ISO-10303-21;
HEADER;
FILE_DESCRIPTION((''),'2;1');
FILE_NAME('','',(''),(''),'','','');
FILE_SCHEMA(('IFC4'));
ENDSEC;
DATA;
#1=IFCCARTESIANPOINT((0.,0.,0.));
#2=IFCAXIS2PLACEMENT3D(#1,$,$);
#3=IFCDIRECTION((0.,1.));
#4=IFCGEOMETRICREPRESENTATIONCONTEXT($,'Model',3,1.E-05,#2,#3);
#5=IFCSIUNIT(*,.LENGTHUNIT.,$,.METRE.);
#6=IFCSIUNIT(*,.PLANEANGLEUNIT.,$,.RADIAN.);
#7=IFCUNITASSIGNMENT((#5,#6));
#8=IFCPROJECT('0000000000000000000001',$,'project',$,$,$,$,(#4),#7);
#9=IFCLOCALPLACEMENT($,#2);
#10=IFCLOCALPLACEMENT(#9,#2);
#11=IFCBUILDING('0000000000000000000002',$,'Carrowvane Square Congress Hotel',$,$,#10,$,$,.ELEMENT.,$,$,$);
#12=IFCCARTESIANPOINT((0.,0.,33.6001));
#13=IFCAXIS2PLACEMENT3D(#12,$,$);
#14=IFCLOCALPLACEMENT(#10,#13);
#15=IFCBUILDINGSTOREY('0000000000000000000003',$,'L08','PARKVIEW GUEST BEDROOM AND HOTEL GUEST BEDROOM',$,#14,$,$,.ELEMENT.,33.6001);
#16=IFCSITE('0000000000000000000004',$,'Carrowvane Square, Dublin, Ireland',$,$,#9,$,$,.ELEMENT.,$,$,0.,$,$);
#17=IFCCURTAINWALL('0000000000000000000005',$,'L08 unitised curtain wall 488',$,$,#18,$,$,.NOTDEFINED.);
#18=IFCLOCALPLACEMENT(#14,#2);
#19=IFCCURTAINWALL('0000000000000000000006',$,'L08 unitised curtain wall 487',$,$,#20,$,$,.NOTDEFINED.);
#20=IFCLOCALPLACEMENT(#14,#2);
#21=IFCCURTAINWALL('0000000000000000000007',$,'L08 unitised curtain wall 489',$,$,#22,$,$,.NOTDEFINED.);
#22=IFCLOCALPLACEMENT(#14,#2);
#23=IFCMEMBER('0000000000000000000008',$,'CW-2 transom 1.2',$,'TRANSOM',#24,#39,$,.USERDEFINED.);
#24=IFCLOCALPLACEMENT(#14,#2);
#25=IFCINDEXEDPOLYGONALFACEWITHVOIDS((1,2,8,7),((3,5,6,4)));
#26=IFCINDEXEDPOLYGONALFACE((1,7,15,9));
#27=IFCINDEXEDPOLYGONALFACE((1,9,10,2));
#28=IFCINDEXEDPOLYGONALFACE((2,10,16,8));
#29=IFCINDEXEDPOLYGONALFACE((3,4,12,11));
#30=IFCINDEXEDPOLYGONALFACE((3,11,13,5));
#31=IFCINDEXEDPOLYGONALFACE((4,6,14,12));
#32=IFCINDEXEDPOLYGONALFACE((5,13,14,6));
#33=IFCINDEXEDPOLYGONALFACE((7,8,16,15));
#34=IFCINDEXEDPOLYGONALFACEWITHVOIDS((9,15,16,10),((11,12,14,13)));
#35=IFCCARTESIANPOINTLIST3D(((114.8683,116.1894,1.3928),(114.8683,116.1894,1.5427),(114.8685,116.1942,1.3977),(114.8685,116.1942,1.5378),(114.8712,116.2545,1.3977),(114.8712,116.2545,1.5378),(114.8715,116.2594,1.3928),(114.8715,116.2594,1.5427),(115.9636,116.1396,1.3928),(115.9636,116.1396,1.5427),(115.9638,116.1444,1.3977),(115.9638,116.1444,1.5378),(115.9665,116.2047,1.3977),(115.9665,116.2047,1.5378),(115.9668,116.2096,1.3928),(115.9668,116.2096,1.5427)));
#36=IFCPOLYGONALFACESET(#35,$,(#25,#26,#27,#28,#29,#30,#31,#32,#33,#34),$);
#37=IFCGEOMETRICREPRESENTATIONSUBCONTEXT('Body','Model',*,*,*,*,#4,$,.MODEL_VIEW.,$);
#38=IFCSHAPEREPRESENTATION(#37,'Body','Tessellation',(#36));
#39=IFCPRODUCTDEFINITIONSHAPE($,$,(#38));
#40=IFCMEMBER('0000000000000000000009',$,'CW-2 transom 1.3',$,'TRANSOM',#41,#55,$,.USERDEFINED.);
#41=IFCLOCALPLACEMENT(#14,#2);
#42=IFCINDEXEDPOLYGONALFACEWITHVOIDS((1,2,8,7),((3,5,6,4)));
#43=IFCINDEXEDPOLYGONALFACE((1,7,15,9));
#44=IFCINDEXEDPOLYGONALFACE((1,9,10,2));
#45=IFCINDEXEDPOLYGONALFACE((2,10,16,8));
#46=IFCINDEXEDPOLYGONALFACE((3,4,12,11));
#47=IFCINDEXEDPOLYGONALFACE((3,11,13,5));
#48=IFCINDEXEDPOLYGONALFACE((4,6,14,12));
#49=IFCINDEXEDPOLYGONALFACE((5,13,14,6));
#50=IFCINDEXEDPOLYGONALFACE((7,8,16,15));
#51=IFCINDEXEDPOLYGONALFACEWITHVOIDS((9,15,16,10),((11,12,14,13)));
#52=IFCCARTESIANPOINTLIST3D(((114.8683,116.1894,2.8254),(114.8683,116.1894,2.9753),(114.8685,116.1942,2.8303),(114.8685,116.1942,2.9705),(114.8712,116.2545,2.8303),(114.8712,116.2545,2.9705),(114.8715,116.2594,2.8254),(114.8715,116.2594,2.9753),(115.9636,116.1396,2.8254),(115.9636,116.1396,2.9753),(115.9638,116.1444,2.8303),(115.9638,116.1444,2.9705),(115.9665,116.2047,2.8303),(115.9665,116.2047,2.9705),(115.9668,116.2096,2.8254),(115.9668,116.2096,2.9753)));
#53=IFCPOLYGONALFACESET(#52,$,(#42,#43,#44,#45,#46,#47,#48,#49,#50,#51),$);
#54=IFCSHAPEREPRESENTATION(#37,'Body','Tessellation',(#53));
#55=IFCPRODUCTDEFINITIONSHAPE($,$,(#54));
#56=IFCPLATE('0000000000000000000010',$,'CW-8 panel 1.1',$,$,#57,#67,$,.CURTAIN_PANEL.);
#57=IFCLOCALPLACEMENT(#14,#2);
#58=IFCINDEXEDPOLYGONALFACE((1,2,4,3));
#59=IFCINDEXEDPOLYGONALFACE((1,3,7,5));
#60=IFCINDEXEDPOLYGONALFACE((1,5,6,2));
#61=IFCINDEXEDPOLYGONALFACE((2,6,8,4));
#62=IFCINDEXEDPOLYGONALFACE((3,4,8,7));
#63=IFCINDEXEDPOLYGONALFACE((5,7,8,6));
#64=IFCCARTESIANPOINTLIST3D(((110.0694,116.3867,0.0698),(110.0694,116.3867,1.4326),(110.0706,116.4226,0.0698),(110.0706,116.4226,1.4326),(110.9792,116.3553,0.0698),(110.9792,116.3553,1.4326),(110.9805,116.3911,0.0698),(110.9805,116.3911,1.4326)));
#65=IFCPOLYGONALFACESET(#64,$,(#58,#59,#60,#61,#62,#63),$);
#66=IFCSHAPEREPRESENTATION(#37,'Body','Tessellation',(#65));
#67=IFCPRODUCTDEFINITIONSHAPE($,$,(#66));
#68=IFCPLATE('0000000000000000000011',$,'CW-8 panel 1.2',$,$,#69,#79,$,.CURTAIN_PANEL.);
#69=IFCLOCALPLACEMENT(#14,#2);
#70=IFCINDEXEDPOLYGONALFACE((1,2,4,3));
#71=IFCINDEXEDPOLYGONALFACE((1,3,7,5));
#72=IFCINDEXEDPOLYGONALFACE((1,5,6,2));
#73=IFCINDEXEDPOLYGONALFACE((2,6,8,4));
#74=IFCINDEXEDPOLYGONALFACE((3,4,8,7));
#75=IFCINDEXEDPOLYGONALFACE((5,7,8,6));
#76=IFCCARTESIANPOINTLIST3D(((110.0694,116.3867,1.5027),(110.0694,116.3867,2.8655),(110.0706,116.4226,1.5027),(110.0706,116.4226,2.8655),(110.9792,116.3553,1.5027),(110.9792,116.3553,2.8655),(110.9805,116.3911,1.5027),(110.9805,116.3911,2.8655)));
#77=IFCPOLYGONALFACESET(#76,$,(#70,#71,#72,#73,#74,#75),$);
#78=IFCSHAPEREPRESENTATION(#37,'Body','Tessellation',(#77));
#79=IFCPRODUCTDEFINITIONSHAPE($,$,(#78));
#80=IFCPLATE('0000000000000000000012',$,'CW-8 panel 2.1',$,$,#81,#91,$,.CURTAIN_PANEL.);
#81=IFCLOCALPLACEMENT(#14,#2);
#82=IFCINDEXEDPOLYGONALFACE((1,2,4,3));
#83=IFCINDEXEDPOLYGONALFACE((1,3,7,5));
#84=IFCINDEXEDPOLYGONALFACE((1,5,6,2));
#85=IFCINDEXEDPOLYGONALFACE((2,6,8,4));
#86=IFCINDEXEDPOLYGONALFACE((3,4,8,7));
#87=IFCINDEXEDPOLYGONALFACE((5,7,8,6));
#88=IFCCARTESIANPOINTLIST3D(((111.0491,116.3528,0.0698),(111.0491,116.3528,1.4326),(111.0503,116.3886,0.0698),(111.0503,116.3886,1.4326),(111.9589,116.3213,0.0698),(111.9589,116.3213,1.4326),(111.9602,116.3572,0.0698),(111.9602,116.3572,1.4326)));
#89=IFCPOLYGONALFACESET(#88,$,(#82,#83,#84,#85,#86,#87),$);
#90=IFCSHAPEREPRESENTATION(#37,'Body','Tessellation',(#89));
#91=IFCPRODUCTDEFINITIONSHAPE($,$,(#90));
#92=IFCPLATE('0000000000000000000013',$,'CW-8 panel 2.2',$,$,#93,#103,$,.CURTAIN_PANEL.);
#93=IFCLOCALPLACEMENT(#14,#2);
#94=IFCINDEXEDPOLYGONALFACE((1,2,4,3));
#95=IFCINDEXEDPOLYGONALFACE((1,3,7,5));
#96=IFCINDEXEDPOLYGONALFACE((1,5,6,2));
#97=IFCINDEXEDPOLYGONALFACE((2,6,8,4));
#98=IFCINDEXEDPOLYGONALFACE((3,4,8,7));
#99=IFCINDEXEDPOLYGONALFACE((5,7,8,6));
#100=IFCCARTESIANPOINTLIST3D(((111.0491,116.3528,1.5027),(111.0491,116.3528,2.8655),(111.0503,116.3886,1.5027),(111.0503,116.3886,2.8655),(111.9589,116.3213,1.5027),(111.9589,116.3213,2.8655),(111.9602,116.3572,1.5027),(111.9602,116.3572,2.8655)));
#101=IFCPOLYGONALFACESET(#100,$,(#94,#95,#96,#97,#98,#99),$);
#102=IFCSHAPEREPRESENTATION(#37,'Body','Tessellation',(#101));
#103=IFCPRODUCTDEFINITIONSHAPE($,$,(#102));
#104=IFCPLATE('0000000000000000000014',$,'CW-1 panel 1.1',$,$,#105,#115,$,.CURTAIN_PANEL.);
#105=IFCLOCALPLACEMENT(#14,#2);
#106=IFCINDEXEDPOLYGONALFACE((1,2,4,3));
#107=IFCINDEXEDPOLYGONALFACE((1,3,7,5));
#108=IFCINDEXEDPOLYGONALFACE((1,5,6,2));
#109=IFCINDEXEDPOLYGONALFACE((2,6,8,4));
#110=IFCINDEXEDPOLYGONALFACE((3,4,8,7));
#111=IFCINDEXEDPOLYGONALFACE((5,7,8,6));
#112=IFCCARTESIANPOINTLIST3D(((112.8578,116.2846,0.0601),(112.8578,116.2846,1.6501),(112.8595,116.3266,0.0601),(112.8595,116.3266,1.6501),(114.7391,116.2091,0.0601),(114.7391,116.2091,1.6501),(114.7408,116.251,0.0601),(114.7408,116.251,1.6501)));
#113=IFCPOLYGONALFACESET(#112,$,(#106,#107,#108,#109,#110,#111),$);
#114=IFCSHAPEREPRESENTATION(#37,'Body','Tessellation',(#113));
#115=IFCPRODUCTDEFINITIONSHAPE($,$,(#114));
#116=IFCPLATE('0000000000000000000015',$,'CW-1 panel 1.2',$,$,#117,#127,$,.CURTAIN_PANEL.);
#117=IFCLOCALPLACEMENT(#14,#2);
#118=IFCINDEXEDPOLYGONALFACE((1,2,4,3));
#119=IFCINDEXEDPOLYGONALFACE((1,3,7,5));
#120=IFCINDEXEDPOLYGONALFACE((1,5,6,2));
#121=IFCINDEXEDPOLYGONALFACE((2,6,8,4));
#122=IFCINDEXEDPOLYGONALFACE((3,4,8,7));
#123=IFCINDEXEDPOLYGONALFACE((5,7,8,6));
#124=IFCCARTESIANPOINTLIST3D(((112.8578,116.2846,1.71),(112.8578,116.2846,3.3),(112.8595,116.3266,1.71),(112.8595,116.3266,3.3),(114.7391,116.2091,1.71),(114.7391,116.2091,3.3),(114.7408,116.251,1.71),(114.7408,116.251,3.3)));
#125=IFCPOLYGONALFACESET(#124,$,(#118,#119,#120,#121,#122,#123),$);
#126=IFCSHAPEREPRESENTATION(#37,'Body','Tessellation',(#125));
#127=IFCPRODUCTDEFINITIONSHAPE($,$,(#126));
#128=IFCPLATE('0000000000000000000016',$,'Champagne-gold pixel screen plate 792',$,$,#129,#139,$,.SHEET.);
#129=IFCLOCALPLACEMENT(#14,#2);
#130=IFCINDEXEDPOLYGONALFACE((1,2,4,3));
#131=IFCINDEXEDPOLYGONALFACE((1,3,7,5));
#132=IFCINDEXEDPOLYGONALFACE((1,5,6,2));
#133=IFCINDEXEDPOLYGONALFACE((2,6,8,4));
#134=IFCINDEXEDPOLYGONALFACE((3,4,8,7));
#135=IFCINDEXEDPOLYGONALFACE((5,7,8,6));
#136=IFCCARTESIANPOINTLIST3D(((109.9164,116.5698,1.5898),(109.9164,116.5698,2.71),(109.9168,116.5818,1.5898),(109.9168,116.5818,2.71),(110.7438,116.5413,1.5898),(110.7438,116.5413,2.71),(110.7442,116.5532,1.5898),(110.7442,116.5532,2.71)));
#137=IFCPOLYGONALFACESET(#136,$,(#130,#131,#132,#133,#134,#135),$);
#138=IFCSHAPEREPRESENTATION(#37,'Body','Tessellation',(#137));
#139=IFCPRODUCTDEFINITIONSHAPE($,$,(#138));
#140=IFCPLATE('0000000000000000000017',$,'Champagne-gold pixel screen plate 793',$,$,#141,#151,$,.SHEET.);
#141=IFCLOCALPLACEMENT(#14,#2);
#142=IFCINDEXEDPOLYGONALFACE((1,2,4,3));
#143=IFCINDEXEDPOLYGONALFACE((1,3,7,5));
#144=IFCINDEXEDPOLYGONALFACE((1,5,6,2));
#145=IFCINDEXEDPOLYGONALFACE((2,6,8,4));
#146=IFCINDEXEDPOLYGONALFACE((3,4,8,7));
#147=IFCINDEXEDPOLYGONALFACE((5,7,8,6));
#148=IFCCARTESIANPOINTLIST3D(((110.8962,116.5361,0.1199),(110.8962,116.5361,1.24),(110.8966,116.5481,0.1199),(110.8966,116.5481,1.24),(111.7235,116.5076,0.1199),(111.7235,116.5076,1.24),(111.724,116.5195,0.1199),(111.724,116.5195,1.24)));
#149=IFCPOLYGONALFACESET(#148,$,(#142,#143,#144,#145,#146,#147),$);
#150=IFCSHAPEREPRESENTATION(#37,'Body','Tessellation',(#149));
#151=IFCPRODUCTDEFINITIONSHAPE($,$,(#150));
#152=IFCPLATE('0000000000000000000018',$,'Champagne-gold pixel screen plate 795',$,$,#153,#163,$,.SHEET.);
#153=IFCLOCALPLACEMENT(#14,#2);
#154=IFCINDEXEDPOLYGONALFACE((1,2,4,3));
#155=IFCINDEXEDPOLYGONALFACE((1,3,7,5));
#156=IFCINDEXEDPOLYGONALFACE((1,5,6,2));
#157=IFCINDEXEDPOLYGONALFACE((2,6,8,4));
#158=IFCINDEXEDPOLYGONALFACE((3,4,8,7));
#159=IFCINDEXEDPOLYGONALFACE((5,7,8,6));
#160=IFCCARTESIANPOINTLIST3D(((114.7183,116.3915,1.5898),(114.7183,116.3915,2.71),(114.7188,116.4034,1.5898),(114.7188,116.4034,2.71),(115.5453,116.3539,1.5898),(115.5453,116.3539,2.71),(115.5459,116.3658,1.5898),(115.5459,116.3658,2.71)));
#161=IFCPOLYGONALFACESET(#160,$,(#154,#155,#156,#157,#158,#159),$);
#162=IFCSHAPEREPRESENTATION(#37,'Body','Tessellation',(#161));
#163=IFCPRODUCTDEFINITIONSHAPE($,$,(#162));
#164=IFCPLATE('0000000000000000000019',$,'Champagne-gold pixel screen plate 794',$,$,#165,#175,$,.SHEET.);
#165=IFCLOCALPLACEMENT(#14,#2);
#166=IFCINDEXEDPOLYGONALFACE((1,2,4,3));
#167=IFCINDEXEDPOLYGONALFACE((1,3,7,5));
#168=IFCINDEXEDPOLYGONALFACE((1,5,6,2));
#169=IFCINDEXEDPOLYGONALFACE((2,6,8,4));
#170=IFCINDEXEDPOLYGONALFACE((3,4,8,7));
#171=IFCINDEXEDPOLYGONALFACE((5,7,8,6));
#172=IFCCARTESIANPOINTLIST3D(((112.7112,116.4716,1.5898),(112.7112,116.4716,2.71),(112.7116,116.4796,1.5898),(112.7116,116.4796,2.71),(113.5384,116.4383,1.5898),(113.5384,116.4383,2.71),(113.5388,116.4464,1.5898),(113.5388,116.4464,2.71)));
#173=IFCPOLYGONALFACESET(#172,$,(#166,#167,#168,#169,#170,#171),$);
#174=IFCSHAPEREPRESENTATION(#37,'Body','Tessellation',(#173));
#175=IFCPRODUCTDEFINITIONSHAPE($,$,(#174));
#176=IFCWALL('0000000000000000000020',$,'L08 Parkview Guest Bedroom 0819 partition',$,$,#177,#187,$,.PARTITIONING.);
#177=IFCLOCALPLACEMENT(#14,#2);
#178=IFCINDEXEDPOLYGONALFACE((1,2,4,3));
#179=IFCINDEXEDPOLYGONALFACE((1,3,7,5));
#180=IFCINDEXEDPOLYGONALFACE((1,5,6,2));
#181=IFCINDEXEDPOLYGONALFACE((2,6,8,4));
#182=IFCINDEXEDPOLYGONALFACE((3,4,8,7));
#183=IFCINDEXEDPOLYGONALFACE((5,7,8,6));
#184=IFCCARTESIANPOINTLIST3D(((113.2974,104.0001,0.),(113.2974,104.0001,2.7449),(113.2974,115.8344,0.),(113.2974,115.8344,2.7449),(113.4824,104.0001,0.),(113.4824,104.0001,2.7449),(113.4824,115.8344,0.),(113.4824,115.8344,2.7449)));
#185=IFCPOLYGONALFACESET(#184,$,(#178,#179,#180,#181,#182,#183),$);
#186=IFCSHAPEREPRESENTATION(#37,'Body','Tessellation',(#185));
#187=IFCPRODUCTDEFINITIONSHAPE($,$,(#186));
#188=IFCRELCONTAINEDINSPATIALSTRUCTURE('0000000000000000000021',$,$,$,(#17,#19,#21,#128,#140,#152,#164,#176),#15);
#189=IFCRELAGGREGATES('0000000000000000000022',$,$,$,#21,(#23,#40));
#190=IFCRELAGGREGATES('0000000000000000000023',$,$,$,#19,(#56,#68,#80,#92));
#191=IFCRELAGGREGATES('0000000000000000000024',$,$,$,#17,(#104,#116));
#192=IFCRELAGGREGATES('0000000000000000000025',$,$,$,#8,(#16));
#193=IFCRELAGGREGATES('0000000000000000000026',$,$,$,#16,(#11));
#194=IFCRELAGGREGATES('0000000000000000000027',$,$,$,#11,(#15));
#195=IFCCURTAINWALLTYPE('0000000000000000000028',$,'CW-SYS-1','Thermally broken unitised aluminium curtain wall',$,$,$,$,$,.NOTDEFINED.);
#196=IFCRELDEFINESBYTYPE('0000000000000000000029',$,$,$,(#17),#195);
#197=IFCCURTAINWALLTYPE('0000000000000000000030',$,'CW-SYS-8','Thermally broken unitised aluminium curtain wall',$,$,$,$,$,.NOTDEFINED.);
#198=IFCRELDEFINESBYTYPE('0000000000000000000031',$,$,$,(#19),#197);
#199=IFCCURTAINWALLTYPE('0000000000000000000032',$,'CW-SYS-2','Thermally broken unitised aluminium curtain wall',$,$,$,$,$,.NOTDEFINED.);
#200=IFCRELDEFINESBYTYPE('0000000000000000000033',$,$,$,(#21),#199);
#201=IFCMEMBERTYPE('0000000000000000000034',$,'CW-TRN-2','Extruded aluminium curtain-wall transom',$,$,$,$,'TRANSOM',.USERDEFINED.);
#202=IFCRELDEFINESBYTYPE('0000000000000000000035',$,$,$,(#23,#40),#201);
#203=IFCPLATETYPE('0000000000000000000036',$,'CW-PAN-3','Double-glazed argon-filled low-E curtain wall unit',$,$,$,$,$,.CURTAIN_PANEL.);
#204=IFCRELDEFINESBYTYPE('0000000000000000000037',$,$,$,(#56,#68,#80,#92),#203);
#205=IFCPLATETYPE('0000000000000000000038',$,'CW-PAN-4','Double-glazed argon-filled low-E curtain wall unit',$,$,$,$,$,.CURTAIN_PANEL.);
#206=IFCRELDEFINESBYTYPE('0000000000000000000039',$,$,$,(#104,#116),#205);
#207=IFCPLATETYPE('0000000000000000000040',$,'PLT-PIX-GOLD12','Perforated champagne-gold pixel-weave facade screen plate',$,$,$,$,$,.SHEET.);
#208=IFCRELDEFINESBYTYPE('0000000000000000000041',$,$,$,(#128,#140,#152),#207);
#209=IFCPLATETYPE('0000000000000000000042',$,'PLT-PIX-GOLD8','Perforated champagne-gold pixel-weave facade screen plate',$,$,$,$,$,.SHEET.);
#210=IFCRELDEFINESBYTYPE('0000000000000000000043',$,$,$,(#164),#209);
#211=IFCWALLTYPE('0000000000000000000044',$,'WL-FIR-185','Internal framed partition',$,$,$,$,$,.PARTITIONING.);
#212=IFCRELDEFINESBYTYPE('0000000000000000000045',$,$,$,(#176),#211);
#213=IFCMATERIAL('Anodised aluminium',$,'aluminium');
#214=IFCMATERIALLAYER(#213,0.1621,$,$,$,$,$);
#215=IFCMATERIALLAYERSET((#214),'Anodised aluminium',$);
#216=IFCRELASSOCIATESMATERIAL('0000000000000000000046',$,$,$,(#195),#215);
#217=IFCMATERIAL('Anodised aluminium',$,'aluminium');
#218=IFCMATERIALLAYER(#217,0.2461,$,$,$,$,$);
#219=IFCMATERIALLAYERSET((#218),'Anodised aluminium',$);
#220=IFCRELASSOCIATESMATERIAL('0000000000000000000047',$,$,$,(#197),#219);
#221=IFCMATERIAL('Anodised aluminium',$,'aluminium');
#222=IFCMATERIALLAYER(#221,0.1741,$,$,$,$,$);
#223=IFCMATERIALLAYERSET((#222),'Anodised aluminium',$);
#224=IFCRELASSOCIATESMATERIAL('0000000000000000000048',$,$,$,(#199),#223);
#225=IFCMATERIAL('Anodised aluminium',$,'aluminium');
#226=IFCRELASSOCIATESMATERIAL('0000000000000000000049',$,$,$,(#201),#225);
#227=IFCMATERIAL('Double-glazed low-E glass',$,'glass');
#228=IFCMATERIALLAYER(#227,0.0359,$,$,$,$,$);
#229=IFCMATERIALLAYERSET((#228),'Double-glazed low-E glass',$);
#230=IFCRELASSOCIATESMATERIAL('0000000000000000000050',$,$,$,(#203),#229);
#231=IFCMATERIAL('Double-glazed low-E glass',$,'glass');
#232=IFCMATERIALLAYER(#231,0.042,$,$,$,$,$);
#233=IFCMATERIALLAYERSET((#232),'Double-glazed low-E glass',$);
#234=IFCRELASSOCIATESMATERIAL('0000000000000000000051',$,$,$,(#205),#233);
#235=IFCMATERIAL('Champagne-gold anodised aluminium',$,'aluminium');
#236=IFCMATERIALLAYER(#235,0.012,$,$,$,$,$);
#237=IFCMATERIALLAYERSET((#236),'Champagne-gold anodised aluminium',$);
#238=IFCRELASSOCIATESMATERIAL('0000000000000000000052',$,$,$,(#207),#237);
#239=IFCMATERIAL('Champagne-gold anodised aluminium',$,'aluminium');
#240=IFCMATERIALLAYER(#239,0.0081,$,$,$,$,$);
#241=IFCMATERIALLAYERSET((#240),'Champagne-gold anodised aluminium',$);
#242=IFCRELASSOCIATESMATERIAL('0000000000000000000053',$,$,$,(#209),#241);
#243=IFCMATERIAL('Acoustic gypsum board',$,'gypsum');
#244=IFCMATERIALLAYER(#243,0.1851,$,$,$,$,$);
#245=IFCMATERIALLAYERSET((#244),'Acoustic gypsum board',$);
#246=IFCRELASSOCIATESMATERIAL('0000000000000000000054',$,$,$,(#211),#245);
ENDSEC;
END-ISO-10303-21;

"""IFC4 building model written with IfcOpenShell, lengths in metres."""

from ifc_helpers import new_model, si_unit, direction, frame, frame_2d, origin, origin_2d, place, context, subcontext, project, spatial, rectangle, hollow_rectangle, extrude, material, layer, layer_set, material_profile, profile_set, type_object, element, aggregate, save


model = new_model("IFC4")

# Units and contexts
model_context = context("Model", 3, precision=1e-05, world=origin(), true_north=direction((0.0, 1.0)))
body_context = subcontext(model_context, "Body", "Model", "MODEL_VIEW")
ifc_project = project(units=[si_unit("LENGTHUNIT", "METRE"), si_unit("PLANEANGLEUNIT", "RADIAN")], contexts=[model_context])

# Site, building, storey
site_placement = place(None, origin())
site = spatial("IfcSite", under=ifc_project, at=site_placement, Name="Carrowvane Square, Dublin, Ireland", CompositionType="ELEMENT", RefElevation=0.0)
building_placement = place(site_placement, origin())
building = spatial("IfcBuilding", under=site, at=building_placement, Name="Carrowvane Square Congress Hotel", CompositionType="ELEMENT")
storey_placement = place(building_placement, frame((0.0, 0.0, 33.6001)))
storey = spatial("IfcBuildingStorey", under=building, at=storey_placement, Name="L08", Description="PARKVIEW GUEST BEDROOM AND HOTEL GUEST BEDROOM", CompositionType="ELEMENT", Elevation=33.6001)

# Curtain walls
ifc_material_1 = material(Name="Anodised aluminium", Category="aluminium")
ifc_layer_1 = layer(ifc_material_1, 0.1621)
ifc_layer_set_1 = layer_set([ifc_layer_1], Name="Anodised aluminium")
curtain_wall_type_1 = type_object("IfcCurtainWallType", Name="CW-SYS-1", Description="Thermally broken unitised aluminium curtain wall", PredefinedType="NOTDEFINED", material=ifc_layer_set_1)
curtain_wall_1_placement = place(storey_placement, origin())
curtain_wall_1 = element("IfcCurtainWall", 1, at=curtain_wall_1_placement, inside=storey, type_object=curtain_wall_type_1, Name="L08 unitised curtain wall 488", PredefinedType="NOTDEFINED")
ifc_material_2 = material(Name="Anodised aluminium", Category="aluminium")
ifc_layer_2 = layer(ifc_material_2, 0.2461)
ifc_layer_set_2 = layer_set([ifc_layer_2], Name="Anodised aluminium")
curtain_wall_type_2 = type_object("IfcCurtainWallType", Name="CW-SYS-8", Description="Thermally broken unitised aluminium curtain wall", PredefinedType="NOTDEFINED", material=ifc_layer_set_2)
curtain_wall_2_placement = place(storey_placement, origin())
curtain_wall_2 = element("IfcCurtainWall", 2, at=curtain_wall_2_placement, inside=storey, type_object=curtain_wall_type_2, Name="L08 unitised curtain wall 487", PredefinedType="NOTDEFINED")

# Curtain wall
ifc_material_3 = material(Name="Anodised aluminium", Category="aluminium")
ifc_layer_3 = layer(ifc_material_3, 0.1741)
ifc_layer_set_3 = layer_set([ifc_layer_3], Name="Anodised aluminium")
curtain_wall_type_3 = type_object("IfcCurtainWallType", Name="CW-SYS-2", Description="Thermally broken unitised aluminium curtain wall", PredefinedType="NOTDEFINED", material=ifc_layer_set_3)
curtain_wall_3_placement = place(storey_placement, origin())
curtain_wall_3 = element("IfcCurtainWall", 3, at=curtain_wall_3_placement, inside=storey, type_object=curtain_wall_type_3, Name="L08 unitised curtain wall 489", PredefinedType="NOTDEFINED")

# Members
ifc_material_4 = material(Name="Anodised aluminium", Category="aluminium")
ifc_material_profile_1 = material_profile(ifc_material_4, hollow_rectangle(XDim=0.0701, YDim=0.1499, WallThickness=0.0049, at=origin_2d()), Name="CW-TR 70x150x5")
ifc_profile_set_1 = profile_set([ifc_material_profile_1], Name="Anodised aluminium")
member_type_1 = type_object("IfcMemberType", Name="CW-TRN-2", Description="Extruded aluminium curtain-wall transom", ElementType="TRANSOM", PredefinedType="USERDEFINED", material=ifc_profile_set_1)
member_1_placement = place(storey_placement, frame((114.8699, 116.2244, 1.4678), z_axis=(0.998968, -0.045428, 0.0), x_axis=(0.045428, 0.998968, 0.0)))
member_1 = element("IfcMember", 4, at=member_1_placement, type_object=member_type_1, Name="CW-2 transom 1.2", ObjectType="TRANSOM", PredefinedType="USERDEFINED", context=body_context, shape_type="SweptSolid", body=[
    extrude(hollow_rectangle(XDim=0.0701, YDim=0.1499, WallThickness=0.0049, at=origin_2d()), origin(), (0.0, 0.0, 1.0), 1.0964),
])
member_2_placement = place(storey_placement, frame((114.8699, 116.2244, 2.9004), z_axis=(0.998968, -0.045428, 0.0), x_axis=(0.045428, 0.998968, 0.0)))
member_2 = element("IfcMember", 5, at=member_2_placement, type_object=member_type_1, Name="CW-2 transom 1.3", ObjectType="TRANSOM", PredefinedType="USERDEFINED", context=body_context, shape_type="SweptSolid", body=[
    extrude(hollow_rectangle(XDim=0.0701, YDim=0.1499, WallThickness=0.0049, at=origin_2d()), origin(), (0.0, 0.0, 1.0), 1.0964),
])
aggregate(curtain_wall_3, [member_1, member_2])

# Plates
ifc_material_5 = material(Name="Double-glazed low-E glass", Category="glass")
ifc_layer_4 = layer(ifc_material_5, 0.0359)
ifc_layer_set_4 = layer_set([ifc_layer_4], Name="Double-glazed low-E glass")
plate_type_1 = type_object("IfcPlateType", Name="CW-PAN-3", Description="Double-glazed argon-filled low-E curtain wall unit", PredefinedType="CURTAIN_PANEL", material=ifc_layer_set_4)
plate_1_placement = place(storey_placement, frame((110.5249, 116.3889, 0.0698), z_axis=(0.0, 0.0, 1.0), x_axis=(0.999404, -0.03453, 0.0)))
plate_1 = element("IfcPlate", 6, at=plate_1_placement, type_object=plate_type_1, Name="CW-8 panel 1.1", PredefinedType="CURTAIN_PANEL", context=body_context, shape_type="SweptSolid", body=[
    extrude(rectangle(XDim=0.9104, YDim=0.0359, at=origin_2d()), origin(), (0.0, 0.0, 1.0), 1.3628),
])
plate_2_placement = place(storey_placement, frame((110.5249, 116.3889, 1.5027), z_axis=(0.0, 0.0, 1.0), x_axis=(0.999404, -0.03453, 0.0)))
plate_2 = element("IfcPlate", 7, at=plate_2_placement, type_object=plate_type_1, Name="CW-8 panel 1.2", PredefinedType="CURTAIN_PANEL", context=body_context, shape_type="SweptSolid", body=[
    extrude(rectangle(XDim=0.9104, YDim=0.0359, at=origin_2d()), origin(), (0.0, 0.0, 1.0), 1.3628),
])
plate_3_placement = place(storey_placement, frame((111.5046, 116.355, 0.0698), z_axis=(0.0, 0.0, 1.0), x_axis=(0.999404, -0.03453, 0.0)))
plate_3 = element("IfcPlate", 8, at=plate_3_placement, type_object=plate_type_1, Name="CW-8 panel 2.1", PredefinedType="CURTAIN_PANEL", context=body_context, shape_type="SweptSolid", body=[
    extrude(rectangle(XDim=0.9104, YDim=0.0359, at=origin_2d()), origin(), (0.0, 0.0, 1.0), 1.3628),
])
plate_4_placement = place(storey_placement, frame((111.5046, 116.355, 1.5027), z_axis=(0.0, 0.0, 1.0), x_axis=(0.999404, -0.03453, 0.0)))
plate_4 = element("IfcPlate", 9, at=plate_4_placement, type_object=plate_type_1, Name="CW-8 panel 2.2", PredefinedType="CURTAIN_PANEL", context=body_context, shape_type="SweptSolid", body=[
    extrude(rectangle(XDim=0.9104, YDim=0.0359, at=origin_2d()), origin(), (0.0, 0.0, 1.0), 1.3628),
])
aggregate(curtain_wall_2, [plate_1, plate_2, plate_3, plate_4])
ifc_material_6 = material(Name="Double-glazed low-E glass", Category="glass")
ifc_layer_5 = layer(ifc_material_6, 0.042)
ifc_layer_set_5 = layer_set([ifc_layer_5], Name="Double-glazed low-E glass")
plate_type_2 = type_object("IfcPlateType", Name="CW-PAN-4", Description="Double-glazed argon-filled low-E curtain wall unit", PredefinedType="CURTAIN_PANEL", material=ifc_layer_set_5)
plate_5_placement = place(storey_placement, frame((113.7993, 116.2678, 0.0601), z_axis=(0.0, 0.0, 1.0), x_axis=(0.999194, -0.040131, 0.0)))
plate_5 = element("IfcPlate", 10, at=plate_5_placement, type_object=plate_type_2, Name="CW-1 panel 1.1", PredefinedType="CURTAIN_PANEL", context=body_context, shape_type="SweptSolid", body=[
    extrude(rectangle(XDim=1.8828, YDim=0.042, at=origin_2d()), origin(), (0.0, 0.0, 1.0), 1.5901),
])
plate_6_placement = place(storey_placement, frame((113.7993, 116.2678, 1.71), z_axis=(0.0, 0.0, 1.0), x_axis=(0.999194, -0.040131, 0.0)))
plate_6 = element("IfcPlate", 11, at=plate_6_placement, type_object=plate_type_2, Name="CW-1 panel 1.2", PredefinedType="CURTAIN_PANEL", context=body_context, shape_type="SweptSolid", body=[
    extrude(rectangle(XDim=1.8828, YDim=0.042, at=origin_2d()), origin(), (0.0, 0.0, 1.0), 1.5901),
])
aggregate(curtain_wall_1, [plate_5, plate_6])

# Plates
ifc_material_7 = material(Name="Champagne-gold anodised aluminium", Category="aluminium")
ifc_layer_6 = layer(ifc_material_7, 0.012)
ifc_layer_set_6 = layer_set([ifc_layer_6], Name="Champagne-gold anodised aluminium")
plate_type_3 = type_object("IfcPlateType", Name="PLT-PIX-GOLD12", Description="Perforated champagne-gold pixel-weave facade screen plate", PredefinedType="SHEET", material=ifc_layer_set_6)
for number, where, z_axis, x_axis, name in (
    (12, (110.3303, 116.5615, 1.5898), (0.0, 0.0, 1.0), (0.999404, -0.034527, 0.0), "Champagne-gold pixel screen plate 792"),
    (13, (111.3101, 116.5278, 0.1199), (0.0, 0.0, 1.0), (0.999404, -0.034527, 0.0), "Champagne-gold pixel screen plate 793"),
    (14, (115.1321, 116.3787, 1.5898), (0.0, 0.0, 1.0), (0.998968, -0.045414, 0.0), "Champagne-gold pixel screen plate 795"),
):
    element("IfcPlate", number, at=place(storey_placement, frame(where, z_axis=z_axis, x_axis=x_axis)), inside=storey, type_object=plate_type_3, Name=name, PredefinedType="SHEET", context=body_context, shape_type="SweptSolid", body=[
        extrude(rectangle(XDim=0.8279, YDim=0.012, at=origin_2d()), origin(), (0.0, 0.0, 1.0), 1.1201),
    ])
ifc_material_8 = material(Name="Champagne-gold anodised aluminium", Category="aluminium")
ifc_layer_7 = layer(ifc_material_8, 0.0081)
ifc_layer_set_7 = layer_set([ifc_layer_7], Name="Champagne-gold anodised aluminium")
plate_type_4 = type_object("IfcPlateType", Name="PLT-PIX-GOLD8", Description="Perforated champagne-gold pixel-weave facade screen plate", PredefinedType="SHEET", material=ifc_layer_set_7)
plate_7_placement = place(storey_placement, frame((113.125, 116.459, 1.5898), z_axis=(0.0, 0.0, 1.0), x_axis=(0.999194, -0.040134, 0.0)))
element("IfcPlate", 15, at=plate_7_placement, inside=storey, type_object=plate_type_4, Name="Champagne-gold pixel screen plate 794", PredefinedType="SHEET", context=body_context, shape_type="SweptSolid", body=[
    extrude(rectangle(XDim=0.8279, YDim=0.0081, at=origin_2d()), origin(), (0.0, 0.0, 1.0), 1.1201),
])

# Wall
ifc_material_9 = material(Name="Acoustic gypsum board", Category="gypsum")
ifc_layer_8 = layer(ifc_material_9, 0.1851)
ifc_layer_set_8 = layer_set([ifc_layer_8], Name="Acoustic gypsum board")
wall_type_1 = type_object("IfcWallType", Name="WL-FIR-185", Description="Internal framed partition", PredefinedType="PARTITIONING", material=ifc_layer_set_8)
wall_1_placement = place(storey_placement, frame((113.3899, 115.8342, 0.0), z_axis=(0.0, 0.0, 1.0), x_axis=(0.0, -1.0, 0.0)))
element("IfcWall", 16, at=wall_1_placement, inside=storey, type_object=wall_type_1, Name="L08 Parkview Guest Bedroom 0819 partition", PredefinedType="PARTITIONING", context=body_context, shape_type="SweptSolid", body=[
    extrude(rectangle(XDim=11.8342, YDim=0.1851, at=frame_2d((5.917, 0.0))), origin(), (0.0, 0.0, 1.0), 2.7449),
])

save(model, "model.ifc")
